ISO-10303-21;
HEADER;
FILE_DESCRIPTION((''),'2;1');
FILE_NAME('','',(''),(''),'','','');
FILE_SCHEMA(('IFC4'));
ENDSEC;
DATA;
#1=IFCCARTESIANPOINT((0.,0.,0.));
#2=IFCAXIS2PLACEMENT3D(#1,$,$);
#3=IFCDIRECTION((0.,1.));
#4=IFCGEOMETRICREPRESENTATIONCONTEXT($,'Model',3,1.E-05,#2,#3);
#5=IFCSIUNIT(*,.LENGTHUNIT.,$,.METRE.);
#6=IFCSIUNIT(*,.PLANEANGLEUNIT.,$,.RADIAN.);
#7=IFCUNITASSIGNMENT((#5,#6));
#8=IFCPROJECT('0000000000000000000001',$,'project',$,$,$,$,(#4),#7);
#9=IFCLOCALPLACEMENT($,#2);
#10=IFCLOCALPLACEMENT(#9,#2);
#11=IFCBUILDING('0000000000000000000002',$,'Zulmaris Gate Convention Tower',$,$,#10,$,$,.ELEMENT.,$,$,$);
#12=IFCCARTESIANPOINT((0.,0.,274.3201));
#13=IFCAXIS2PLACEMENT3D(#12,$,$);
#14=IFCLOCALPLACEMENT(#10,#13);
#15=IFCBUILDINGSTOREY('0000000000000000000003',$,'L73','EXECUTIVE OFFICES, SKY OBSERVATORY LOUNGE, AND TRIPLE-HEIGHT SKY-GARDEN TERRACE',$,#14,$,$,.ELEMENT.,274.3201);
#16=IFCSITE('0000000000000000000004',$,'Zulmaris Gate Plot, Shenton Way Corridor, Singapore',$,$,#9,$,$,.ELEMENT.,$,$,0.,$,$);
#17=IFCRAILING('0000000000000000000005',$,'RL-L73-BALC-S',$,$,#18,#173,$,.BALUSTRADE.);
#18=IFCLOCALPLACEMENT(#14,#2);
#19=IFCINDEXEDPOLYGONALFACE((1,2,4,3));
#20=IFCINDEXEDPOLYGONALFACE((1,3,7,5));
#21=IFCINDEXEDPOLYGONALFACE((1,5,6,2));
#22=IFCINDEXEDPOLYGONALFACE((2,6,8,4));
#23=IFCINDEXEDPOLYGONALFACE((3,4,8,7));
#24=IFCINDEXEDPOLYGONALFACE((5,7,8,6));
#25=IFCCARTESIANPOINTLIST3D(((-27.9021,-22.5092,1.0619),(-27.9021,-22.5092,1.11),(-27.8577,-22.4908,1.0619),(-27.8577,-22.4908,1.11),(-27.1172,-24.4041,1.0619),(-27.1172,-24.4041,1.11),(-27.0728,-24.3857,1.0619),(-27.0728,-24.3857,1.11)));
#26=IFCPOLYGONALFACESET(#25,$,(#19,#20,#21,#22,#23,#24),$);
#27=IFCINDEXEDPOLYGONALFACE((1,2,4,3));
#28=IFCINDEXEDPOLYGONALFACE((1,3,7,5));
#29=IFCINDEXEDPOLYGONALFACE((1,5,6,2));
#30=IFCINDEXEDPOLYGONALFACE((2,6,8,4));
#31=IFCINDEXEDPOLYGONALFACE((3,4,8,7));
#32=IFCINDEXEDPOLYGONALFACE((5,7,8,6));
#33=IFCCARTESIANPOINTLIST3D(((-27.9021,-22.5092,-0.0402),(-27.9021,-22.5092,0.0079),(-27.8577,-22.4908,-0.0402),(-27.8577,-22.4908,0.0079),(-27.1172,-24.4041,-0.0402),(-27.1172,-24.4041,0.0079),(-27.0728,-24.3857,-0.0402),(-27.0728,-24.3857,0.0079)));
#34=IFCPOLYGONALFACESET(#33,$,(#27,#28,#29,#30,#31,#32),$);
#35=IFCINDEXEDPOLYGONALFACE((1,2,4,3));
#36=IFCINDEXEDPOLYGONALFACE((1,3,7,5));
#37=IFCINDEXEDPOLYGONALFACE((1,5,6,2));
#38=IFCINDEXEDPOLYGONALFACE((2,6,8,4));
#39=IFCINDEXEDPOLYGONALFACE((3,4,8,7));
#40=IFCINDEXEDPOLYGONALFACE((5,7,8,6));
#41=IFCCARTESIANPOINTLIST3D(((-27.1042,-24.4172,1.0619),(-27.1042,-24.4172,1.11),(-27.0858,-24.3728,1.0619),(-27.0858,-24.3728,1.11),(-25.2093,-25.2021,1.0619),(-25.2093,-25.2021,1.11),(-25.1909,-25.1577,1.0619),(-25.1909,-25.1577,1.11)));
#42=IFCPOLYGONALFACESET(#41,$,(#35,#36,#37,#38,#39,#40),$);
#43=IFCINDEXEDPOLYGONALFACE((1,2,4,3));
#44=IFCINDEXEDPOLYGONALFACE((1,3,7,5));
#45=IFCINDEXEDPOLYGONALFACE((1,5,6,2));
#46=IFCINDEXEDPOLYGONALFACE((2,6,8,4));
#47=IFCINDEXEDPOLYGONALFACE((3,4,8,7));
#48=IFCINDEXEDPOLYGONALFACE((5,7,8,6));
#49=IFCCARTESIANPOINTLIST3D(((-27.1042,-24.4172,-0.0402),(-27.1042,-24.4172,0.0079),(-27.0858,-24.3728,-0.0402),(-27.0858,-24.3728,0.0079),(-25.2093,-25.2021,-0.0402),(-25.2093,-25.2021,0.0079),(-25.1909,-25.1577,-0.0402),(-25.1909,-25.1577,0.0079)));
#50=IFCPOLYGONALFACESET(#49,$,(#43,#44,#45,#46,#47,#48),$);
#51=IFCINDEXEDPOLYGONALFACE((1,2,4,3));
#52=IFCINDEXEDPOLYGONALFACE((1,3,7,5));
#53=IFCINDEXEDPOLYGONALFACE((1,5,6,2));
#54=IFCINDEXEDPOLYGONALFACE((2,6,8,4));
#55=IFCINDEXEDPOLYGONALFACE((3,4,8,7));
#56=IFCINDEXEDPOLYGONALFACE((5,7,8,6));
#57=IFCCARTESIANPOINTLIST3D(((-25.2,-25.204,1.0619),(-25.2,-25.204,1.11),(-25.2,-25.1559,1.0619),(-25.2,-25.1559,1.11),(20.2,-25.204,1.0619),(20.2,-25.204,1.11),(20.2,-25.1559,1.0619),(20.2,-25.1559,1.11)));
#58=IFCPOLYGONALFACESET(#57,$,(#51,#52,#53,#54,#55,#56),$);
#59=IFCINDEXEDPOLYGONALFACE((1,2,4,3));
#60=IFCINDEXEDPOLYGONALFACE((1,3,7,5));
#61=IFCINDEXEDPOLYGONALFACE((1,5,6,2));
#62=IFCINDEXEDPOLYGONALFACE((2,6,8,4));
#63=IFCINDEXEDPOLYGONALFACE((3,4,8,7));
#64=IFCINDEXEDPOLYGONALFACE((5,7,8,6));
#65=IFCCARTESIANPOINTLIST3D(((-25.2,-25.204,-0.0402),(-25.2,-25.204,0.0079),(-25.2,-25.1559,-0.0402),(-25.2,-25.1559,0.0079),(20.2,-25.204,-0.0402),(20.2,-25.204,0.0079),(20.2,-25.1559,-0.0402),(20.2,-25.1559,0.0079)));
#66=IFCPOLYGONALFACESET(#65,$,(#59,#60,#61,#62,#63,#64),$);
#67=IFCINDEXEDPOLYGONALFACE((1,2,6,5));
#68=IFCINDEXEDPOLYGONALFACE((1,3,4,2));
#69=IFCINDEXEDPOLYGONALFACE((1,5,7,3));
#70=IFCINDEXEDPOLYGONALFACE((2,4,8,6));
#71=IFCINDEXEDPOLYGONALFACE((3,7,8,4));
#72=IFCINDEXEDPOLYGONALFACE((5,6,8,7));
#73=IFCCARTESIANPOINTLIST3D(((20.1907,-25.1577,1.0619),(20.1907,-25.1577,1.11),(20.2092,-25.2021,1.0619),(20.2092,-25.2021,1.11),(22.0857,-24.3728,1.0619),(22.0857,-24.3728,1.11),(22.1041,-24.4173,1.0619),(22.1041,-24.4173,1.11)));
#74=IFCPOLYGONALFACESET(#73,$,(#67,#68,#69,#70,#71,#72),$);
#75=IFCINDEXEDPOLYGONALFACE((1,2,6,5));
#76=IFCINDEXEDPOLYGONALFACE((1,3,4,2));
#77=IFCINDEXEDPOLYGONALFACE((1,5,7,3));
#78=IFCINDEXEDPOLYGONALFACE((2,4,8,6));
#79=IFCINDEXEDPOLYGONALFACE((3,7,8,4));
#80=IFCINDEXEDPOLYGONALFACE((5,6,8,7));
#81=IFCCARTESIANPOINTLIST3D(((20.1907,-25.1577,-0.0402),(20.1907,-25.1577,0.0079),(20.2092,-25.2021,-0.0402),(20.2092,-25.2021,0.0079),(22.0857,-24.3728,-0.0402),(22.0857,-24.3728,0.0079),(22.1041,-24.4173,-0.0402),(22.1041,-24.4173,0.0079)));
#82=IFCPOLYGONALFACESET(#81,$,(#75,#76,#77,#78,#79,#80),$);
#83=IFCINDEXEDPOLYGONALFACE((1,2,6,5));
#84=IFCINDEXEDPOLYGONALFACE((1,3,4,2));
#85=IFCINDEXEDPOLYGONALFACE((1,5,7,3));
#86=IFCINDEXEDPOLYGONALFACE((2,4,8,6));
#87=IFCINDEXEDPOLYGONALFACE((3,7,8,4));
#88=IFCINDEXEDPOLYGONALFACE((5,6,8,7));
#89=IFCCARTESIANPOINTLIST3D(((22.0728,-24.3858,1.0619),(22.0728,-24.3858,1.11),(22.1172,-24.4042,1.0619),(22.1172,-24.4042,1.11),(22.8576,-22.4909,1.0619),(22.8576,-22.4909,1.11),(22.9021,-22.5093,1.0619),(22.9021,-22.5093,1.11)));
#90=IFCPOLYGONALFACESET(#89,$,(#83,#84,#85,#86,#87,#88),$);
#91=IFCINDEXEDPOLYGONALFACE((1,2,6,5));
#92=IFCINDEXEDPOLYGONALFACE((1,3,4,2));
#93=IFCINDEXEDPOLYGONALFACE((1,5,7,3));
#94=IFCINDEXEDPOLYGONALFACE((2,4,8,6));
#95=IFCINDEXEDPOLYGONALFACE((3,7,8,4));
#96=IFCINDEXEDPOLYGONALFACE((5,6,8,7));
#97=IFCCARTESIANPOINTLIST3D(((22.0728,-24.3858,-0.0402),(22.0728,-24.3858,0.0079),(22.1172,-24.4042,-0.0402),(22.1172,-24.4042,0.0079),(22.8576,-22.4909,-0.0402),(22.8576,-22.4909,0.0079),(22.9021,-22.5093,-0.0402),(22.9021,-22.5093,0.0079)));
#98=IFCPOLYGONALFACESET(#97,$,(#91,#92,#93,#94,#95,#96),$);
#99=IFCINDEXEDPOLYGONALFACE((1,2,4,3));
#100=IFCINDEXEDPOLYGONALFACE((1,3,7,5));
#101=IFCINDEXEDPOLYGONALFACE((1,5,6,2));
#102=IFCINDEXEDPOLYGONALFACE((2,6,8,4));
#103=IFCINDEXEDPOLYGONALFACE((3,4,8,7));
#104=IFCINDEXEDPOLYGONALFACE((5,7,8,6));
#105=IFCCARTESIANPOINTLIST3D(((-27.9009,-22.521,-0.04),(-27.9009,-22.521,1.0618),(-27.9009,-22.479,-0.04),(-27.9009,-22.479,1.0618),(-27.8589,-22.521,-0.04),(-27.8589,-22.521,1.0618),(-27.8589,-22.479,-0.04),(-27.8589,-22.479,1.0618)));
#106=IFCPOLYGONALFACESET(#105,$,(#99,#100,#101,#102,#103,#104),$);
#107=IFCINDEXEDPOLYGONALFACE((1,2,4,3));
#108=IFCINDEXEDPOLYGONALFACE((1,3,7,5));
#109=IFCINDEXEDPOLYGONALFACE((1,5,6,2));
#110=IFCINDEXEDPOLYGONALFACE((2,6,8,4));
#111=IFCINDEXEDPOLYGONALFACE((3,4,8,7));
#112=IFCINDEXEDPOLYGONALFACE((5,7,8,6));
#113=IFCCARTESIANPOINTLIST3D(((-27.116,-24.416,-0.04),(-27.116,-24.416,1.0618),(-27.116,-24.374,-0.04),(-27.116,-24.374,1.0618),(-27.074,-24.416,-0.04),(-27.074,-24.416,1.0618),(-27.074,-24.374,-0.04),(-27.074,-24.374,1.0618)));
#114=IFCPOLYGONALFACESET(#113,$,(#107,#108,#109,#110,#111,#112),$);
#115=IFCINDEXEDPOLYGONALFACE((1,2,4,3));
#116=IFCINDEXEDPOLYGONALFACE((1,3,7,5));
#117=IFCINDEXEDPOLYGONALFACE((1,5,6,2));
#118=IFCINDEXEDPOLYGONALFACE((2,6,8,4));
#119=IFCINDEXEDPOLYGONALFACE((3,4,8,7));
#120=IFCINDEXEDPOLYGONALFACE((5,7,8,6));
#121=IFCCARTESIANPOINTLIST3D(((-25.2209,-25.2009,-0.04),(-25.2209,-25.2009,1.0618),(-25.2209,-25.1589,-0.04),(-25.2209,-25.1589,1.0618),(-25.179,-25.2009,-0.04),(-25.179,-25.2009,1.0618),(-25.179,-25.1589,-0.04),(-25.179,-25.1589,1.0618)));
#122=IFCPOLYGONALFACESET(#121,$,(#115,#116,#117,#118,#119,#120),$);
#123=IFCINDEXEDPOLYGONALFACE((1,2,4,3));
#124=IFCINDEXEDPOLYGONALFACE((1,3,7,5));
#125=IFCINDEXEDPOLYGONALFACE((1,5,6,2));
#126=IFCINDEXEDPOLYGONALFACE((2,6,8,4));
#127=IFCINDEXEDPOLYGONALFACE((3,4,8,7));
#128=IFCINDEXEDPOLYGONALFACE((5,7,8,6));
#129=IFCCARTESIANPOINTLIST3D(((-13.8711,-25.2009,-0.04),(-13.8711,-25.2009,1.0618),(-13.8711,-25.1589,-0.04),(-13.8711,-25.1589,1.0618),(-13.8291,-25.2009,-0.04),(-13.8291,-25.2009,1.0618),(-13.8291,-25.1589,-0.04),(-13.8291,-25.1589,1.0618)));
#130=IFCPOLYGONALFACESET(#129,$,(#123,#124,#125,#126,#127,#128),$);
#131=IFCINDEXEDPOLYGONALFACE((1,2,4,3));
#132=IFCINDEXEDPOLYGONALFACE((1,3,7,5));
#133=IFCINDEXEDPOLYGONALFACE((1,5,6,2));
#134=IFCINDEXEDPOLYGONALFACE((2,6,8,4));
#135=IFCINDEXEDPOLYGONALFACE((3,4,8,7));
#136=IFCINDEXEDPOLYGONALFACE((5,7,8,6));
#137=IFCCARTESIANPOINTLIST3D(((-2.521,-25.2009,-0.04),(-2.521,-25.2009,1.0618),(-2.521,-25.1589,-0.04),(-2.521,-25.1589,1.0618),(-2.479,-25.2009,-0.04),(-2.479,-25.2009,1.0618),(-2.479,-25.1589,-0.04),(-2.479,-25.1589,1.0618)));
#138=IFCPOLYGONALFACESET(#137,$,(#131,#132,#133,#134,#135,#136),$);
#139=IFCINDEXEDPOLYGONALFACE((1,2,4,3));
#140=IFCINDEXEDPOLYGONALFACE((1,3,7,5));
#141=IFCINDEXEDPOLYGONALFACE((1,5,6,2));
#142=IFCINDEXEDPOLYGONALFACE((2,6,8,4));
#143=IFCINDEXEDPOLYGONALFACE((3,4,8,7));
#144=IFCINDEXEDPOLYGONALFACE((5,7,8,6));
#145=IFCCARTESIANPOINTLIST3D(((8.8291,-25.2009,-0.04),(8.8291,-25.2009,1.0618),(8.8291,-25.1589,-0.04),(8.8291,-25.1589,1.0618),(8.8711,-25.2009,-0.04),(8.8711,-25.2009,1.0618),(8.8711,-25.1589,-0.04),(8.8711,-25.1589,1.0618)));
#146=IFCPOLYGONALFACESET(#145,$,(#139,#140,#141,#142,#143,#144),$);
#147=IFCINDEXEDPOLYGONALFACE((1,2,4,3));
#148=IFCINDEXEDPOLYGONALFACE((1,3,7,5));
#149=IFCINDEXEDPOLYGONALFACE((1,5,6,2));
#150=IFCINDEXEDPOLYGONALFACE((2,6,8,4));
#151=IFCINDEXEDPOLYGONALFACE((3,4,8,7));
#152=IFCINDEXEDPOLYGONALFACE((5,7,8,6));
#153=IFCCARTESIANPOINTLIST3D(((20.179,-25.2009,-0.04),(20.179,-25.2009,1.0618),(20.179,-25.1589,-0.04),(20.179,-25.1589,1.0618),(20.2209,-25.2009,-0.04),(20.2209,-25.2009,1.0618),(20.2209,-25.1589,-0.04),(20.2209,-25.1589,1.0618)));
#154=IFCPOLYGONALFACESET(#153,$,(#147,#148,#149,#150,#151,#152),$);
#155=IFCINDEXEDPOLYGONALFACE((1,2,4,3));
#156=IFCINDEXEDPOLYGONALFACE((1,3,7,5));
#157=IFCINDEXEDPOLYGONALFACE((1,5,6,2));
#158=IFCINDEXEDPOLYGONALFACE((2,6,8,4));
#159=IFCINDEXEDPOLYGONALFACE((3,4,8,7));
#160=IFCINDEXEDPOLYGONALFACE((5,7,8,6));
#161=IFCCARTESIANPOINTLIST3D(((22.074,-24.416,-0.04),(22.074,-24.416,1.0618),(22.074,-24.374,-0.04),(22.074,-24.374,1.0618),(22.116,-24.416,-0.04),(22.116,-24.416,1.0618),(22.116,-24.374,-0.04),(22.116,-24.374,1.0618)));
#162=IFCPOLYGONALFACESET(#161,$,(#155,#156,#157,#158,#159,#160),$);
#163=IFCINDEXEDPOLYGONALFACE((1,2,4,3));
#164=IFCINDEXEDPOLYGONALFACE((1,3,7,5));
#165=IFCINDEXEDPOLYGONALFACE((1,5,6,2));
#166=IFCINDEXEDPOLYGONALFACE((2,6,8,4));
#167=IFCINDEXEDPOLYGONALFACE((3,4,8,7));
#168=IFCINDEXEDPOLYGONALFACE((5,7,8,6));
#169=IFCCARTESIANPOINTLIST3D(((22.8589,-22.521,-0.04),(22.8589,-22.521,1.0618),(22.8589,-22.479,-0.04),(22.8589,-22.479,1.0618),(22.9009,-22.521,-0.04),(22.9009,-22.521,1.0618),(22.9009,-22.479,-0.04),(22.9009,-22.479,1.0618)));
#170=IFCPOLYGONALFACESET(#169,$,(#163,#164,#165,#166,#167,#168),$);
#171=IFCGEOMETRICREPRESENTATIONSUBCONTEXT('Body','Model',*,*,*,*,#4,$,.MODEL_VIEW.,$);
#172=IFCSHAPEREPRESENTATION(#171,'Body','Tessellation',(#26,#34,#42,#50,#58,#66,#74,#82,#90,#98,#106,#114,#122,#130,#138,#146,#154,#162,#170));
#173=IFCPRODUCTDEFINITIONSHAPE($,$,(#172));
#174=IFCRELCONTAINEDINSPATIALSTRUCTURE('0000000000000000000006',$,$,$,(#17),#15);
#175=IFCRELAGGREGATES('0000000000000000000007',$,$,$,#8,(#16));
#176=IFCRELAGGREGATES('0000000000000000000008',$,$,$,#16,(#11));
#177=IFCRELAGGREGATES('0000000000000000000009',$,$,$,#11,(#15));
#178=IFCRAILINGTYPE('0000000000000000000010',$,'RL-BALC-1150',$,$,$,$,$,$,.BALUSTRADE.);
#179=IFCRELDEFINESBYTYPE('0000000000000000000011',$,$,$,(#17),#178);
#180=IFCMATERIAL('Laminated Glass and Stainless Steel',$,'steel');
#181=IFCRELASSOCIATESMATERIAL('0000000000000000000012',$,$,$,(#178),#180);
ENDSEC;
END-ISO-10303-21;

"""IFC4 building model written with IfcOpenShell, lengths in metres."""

from ifc_helpers import new_model, si_unit, direction, frame, origin, origin_2d, place, context, subcontext, project, spatial, rectangle, extrude, material, type_object, element, save


model = new_model("IFC4")

# Units and contexts
model_context = context("Model", 3, precision=1e-05, world=origin(), true_north=direction((0.0, 1.0)))
body_context = subcontext(model_context, "Body", "Model", "MODEL_VIEW")
ifc_project = project(units=[si_unit("LENGTHUNIT", "METRE"), si_unit("PLANEANGLEUNIT", "RADIAN")], contexts=[model_context])

# Site, building, storey
site_placement = place(None, origin())
site = spatial("IfcSite", under=ifc_project, at=site_placement, Name="Zulmaris Gate Plot, Shenton Way Corridor, Singapore", CompositionType="ELEMENT", RefElevation=0.0)
building_placement = place(site_placement, origin())
building = spatial("IfcBuilding", under=site, at=building_placement, Name="Zulmaris Gate Convention Tower", CompositionType="ELEMENT")
storey_placement = place(building_placement, frame((0.0, 0.0, 274.3201)))
storey = spatial("IfcBuildingStorey", under=building, at=storey_placement, Name="L73", Description="EXECUTIVE OFFICES, SKY OBSERVATORY LOUNGE, AND TRIPLE-HEIGHT SKY-GARDEN TERRACE", CompositionType="ELEMENT", Elevation=274.3201)

# Railing
ifc_material_1 = material(Name="Laminated Glass and Stainless Steel", Category="steel")
railing_type = type_object("IfcRailingType", Name="RL-BALC-1150", PredefinedType="BALUSTRADE", material=ifc_material_1)
railing_placement = place(storey_placement, frame((-27.8799, -22.5, -0.04)))
element("IfcRailing", 1, at=railing_placement, inside=storey, type_object=railing_type, Name="RL-L73-BALC-S", PredefinedType="BALUSTRADE", context=body_context, shape_type="SweptSolid", body=[
    extrude(rectangle(XDim=0.0481, YDim=0.0481, at=origin_2d()), frame((0.0, 0.0, 1.126), z_axis=(0.382671, -0.923885, 0.0), x_axis=(0.923885, 0.382671, 0.0)), (0.0, 0.0, 1.0), 2.051),
    extrude(rectangle(XDim=0.0481, YDim=0.0481, at=origin_2d()), frame((0.0, 0.0, 0.0239), z_axis=(0.382671, -0.923885, 0.0), x_axis=(0.923885, 0.382671, 0.0)), (0.0, 0.0, 1.0), 2.051),
    extrude(rectangle(XDim=0.0481, YDim=0.0481, at=origin_2d()), frame((0.7849, -1.895, 1.126), z_axis=(0.923885, -0.382671, 0.0), x_axis=(0.382671, 0.923885, 0.0)), (0.0, 0.0, 1.0), 2.051),
    extrude(rectangle(XDim=0.0481, YDim=0.0481, at=origin_2d()), frame((0.7849, -1.895, 0.0239), z_axis=(0.923885, -0.382671, 0.0), x_axis=(0.382671, 0.923885, 0.0)), (0.0, 0.0, 1.0), 2.051),
    extrude(rectangle(XDim=0.0481, YDim=0.0481, at=origin_2d()), frame((2.6799, -2.6799, 1.126), z_axis=(1.0, 0.0, 0.0), x_axis=(0.0, 1.0, 0.0)), (0.0, 0.0, 1.0), 45.3999),
    extrude(rectangle(XDim=0.0481, YDim=0.0481, at=origin_2d()), frame((2.6799, -2.6799, 0.0239), z_axis=(1.0, 0.0, 0.0), x_axis=(0.0, 1.0, 0.0)), (0.0, 0.0, 1.0), 45.3999),
    extrude(rectangle(XDim=0.0481, YDim=0.0481, at=origin_2d()), frame((48.0798, -2.6799, 1.126), z_axis=(0.923885, 0.382671, 0.0), x_axis=(-0.382671, 0.923885, 0.0)), (0.0, 0.0, 1.0), 2.051),
    extrude(rectangle(XDim=0.0481, YDim=0.0481, at=origin_2d()), frame((48.0798, -2.6799, 0.0239), z_axis=(0.923885, 0.382671, 0.0), x_axis=(-0.382671, 0.923885, 0.0)), (0.0, 0.0, 1.0), 2.051),
    extrude(rectangle(XDim=0.0481, YDim=0.0481, at=origin_2d()), frame((49.9749, -1.895, 1.126), z_axis=(0.382671, 0.923885, 0.0), x_axis=(-0.923885, 0.382671, 0.0)), (0.0, 0.0, 1.0), 2.051),
    extrude(rectangle(XDim=0.0481, YDim=0.0481, at=origin_2d()), frame((49.9749, -1.895, 0.0239), z_axis=(0.382671, 0.923885, 0.0), x_axis=(-0.923885, 0.382671, 0.0)), (0.0, 0.0, 1.0), 2.051),
    extrude(rectangle(XDim=0.042, YDim=0.042, at=origin_2d()), origin(), (0.0, 0.0, 1.0), 1.1018),
    extrude(rectangle(XDim=0.042, YDim=0.042, at=origin_2d()), frame((0.7849, -1.895, 0.0)), (0.0, 0.0, 1.0), 1.1018),
    extrude(rectangle(XDim=0.042, YDim=0.042, at=origin_2d()), frame((2.6799, -2.6799, 0.0)), (0.0, 0.0, 1.0), 1.1018),
    extrude(rectangle(XDim=0.042, YDim=0.042, at=origin_2d()), frame((14.0298, -2.6799, 0.0)), (0.0, 0.0, 1.0), 1.1018),
    extrude(rectangle(XDim=0.042, YDim=0.042, at=origin_2d()), frame((25.3799, -2.6799, 0.0)), (0.0, 0.0, 1.0), 1.1018),
    extrude(rectangle(XDim=0.042, YDim=0.042, at=origin_2d()), frame((36.73, -2.6799, 0.0)), (0.0, 0.0, 1.0), 1.1018),
    extrude(rectangle(XDim=0.042, YDim=0.042, at=origin_2d()), frame((48.0798, -2.6799, 0.0)), (0.0, 0.0, 1.0), 1.1018),
    extrude(rectangle(XDim=0.042, YDim=0.042, at=origin_2d()), frame((49.9749, -1.895, 0.0)), (0.0, 0.0, 1.0), 1.1018),
    extrude(rectangle(XDim=0.042, YDim=0.042, at=origin_2d()), frame((50.7598, 0.0, 0.0)), (0.0, 0.0, 1.0), 1.1018),
])

save(model, "model.ifc")
